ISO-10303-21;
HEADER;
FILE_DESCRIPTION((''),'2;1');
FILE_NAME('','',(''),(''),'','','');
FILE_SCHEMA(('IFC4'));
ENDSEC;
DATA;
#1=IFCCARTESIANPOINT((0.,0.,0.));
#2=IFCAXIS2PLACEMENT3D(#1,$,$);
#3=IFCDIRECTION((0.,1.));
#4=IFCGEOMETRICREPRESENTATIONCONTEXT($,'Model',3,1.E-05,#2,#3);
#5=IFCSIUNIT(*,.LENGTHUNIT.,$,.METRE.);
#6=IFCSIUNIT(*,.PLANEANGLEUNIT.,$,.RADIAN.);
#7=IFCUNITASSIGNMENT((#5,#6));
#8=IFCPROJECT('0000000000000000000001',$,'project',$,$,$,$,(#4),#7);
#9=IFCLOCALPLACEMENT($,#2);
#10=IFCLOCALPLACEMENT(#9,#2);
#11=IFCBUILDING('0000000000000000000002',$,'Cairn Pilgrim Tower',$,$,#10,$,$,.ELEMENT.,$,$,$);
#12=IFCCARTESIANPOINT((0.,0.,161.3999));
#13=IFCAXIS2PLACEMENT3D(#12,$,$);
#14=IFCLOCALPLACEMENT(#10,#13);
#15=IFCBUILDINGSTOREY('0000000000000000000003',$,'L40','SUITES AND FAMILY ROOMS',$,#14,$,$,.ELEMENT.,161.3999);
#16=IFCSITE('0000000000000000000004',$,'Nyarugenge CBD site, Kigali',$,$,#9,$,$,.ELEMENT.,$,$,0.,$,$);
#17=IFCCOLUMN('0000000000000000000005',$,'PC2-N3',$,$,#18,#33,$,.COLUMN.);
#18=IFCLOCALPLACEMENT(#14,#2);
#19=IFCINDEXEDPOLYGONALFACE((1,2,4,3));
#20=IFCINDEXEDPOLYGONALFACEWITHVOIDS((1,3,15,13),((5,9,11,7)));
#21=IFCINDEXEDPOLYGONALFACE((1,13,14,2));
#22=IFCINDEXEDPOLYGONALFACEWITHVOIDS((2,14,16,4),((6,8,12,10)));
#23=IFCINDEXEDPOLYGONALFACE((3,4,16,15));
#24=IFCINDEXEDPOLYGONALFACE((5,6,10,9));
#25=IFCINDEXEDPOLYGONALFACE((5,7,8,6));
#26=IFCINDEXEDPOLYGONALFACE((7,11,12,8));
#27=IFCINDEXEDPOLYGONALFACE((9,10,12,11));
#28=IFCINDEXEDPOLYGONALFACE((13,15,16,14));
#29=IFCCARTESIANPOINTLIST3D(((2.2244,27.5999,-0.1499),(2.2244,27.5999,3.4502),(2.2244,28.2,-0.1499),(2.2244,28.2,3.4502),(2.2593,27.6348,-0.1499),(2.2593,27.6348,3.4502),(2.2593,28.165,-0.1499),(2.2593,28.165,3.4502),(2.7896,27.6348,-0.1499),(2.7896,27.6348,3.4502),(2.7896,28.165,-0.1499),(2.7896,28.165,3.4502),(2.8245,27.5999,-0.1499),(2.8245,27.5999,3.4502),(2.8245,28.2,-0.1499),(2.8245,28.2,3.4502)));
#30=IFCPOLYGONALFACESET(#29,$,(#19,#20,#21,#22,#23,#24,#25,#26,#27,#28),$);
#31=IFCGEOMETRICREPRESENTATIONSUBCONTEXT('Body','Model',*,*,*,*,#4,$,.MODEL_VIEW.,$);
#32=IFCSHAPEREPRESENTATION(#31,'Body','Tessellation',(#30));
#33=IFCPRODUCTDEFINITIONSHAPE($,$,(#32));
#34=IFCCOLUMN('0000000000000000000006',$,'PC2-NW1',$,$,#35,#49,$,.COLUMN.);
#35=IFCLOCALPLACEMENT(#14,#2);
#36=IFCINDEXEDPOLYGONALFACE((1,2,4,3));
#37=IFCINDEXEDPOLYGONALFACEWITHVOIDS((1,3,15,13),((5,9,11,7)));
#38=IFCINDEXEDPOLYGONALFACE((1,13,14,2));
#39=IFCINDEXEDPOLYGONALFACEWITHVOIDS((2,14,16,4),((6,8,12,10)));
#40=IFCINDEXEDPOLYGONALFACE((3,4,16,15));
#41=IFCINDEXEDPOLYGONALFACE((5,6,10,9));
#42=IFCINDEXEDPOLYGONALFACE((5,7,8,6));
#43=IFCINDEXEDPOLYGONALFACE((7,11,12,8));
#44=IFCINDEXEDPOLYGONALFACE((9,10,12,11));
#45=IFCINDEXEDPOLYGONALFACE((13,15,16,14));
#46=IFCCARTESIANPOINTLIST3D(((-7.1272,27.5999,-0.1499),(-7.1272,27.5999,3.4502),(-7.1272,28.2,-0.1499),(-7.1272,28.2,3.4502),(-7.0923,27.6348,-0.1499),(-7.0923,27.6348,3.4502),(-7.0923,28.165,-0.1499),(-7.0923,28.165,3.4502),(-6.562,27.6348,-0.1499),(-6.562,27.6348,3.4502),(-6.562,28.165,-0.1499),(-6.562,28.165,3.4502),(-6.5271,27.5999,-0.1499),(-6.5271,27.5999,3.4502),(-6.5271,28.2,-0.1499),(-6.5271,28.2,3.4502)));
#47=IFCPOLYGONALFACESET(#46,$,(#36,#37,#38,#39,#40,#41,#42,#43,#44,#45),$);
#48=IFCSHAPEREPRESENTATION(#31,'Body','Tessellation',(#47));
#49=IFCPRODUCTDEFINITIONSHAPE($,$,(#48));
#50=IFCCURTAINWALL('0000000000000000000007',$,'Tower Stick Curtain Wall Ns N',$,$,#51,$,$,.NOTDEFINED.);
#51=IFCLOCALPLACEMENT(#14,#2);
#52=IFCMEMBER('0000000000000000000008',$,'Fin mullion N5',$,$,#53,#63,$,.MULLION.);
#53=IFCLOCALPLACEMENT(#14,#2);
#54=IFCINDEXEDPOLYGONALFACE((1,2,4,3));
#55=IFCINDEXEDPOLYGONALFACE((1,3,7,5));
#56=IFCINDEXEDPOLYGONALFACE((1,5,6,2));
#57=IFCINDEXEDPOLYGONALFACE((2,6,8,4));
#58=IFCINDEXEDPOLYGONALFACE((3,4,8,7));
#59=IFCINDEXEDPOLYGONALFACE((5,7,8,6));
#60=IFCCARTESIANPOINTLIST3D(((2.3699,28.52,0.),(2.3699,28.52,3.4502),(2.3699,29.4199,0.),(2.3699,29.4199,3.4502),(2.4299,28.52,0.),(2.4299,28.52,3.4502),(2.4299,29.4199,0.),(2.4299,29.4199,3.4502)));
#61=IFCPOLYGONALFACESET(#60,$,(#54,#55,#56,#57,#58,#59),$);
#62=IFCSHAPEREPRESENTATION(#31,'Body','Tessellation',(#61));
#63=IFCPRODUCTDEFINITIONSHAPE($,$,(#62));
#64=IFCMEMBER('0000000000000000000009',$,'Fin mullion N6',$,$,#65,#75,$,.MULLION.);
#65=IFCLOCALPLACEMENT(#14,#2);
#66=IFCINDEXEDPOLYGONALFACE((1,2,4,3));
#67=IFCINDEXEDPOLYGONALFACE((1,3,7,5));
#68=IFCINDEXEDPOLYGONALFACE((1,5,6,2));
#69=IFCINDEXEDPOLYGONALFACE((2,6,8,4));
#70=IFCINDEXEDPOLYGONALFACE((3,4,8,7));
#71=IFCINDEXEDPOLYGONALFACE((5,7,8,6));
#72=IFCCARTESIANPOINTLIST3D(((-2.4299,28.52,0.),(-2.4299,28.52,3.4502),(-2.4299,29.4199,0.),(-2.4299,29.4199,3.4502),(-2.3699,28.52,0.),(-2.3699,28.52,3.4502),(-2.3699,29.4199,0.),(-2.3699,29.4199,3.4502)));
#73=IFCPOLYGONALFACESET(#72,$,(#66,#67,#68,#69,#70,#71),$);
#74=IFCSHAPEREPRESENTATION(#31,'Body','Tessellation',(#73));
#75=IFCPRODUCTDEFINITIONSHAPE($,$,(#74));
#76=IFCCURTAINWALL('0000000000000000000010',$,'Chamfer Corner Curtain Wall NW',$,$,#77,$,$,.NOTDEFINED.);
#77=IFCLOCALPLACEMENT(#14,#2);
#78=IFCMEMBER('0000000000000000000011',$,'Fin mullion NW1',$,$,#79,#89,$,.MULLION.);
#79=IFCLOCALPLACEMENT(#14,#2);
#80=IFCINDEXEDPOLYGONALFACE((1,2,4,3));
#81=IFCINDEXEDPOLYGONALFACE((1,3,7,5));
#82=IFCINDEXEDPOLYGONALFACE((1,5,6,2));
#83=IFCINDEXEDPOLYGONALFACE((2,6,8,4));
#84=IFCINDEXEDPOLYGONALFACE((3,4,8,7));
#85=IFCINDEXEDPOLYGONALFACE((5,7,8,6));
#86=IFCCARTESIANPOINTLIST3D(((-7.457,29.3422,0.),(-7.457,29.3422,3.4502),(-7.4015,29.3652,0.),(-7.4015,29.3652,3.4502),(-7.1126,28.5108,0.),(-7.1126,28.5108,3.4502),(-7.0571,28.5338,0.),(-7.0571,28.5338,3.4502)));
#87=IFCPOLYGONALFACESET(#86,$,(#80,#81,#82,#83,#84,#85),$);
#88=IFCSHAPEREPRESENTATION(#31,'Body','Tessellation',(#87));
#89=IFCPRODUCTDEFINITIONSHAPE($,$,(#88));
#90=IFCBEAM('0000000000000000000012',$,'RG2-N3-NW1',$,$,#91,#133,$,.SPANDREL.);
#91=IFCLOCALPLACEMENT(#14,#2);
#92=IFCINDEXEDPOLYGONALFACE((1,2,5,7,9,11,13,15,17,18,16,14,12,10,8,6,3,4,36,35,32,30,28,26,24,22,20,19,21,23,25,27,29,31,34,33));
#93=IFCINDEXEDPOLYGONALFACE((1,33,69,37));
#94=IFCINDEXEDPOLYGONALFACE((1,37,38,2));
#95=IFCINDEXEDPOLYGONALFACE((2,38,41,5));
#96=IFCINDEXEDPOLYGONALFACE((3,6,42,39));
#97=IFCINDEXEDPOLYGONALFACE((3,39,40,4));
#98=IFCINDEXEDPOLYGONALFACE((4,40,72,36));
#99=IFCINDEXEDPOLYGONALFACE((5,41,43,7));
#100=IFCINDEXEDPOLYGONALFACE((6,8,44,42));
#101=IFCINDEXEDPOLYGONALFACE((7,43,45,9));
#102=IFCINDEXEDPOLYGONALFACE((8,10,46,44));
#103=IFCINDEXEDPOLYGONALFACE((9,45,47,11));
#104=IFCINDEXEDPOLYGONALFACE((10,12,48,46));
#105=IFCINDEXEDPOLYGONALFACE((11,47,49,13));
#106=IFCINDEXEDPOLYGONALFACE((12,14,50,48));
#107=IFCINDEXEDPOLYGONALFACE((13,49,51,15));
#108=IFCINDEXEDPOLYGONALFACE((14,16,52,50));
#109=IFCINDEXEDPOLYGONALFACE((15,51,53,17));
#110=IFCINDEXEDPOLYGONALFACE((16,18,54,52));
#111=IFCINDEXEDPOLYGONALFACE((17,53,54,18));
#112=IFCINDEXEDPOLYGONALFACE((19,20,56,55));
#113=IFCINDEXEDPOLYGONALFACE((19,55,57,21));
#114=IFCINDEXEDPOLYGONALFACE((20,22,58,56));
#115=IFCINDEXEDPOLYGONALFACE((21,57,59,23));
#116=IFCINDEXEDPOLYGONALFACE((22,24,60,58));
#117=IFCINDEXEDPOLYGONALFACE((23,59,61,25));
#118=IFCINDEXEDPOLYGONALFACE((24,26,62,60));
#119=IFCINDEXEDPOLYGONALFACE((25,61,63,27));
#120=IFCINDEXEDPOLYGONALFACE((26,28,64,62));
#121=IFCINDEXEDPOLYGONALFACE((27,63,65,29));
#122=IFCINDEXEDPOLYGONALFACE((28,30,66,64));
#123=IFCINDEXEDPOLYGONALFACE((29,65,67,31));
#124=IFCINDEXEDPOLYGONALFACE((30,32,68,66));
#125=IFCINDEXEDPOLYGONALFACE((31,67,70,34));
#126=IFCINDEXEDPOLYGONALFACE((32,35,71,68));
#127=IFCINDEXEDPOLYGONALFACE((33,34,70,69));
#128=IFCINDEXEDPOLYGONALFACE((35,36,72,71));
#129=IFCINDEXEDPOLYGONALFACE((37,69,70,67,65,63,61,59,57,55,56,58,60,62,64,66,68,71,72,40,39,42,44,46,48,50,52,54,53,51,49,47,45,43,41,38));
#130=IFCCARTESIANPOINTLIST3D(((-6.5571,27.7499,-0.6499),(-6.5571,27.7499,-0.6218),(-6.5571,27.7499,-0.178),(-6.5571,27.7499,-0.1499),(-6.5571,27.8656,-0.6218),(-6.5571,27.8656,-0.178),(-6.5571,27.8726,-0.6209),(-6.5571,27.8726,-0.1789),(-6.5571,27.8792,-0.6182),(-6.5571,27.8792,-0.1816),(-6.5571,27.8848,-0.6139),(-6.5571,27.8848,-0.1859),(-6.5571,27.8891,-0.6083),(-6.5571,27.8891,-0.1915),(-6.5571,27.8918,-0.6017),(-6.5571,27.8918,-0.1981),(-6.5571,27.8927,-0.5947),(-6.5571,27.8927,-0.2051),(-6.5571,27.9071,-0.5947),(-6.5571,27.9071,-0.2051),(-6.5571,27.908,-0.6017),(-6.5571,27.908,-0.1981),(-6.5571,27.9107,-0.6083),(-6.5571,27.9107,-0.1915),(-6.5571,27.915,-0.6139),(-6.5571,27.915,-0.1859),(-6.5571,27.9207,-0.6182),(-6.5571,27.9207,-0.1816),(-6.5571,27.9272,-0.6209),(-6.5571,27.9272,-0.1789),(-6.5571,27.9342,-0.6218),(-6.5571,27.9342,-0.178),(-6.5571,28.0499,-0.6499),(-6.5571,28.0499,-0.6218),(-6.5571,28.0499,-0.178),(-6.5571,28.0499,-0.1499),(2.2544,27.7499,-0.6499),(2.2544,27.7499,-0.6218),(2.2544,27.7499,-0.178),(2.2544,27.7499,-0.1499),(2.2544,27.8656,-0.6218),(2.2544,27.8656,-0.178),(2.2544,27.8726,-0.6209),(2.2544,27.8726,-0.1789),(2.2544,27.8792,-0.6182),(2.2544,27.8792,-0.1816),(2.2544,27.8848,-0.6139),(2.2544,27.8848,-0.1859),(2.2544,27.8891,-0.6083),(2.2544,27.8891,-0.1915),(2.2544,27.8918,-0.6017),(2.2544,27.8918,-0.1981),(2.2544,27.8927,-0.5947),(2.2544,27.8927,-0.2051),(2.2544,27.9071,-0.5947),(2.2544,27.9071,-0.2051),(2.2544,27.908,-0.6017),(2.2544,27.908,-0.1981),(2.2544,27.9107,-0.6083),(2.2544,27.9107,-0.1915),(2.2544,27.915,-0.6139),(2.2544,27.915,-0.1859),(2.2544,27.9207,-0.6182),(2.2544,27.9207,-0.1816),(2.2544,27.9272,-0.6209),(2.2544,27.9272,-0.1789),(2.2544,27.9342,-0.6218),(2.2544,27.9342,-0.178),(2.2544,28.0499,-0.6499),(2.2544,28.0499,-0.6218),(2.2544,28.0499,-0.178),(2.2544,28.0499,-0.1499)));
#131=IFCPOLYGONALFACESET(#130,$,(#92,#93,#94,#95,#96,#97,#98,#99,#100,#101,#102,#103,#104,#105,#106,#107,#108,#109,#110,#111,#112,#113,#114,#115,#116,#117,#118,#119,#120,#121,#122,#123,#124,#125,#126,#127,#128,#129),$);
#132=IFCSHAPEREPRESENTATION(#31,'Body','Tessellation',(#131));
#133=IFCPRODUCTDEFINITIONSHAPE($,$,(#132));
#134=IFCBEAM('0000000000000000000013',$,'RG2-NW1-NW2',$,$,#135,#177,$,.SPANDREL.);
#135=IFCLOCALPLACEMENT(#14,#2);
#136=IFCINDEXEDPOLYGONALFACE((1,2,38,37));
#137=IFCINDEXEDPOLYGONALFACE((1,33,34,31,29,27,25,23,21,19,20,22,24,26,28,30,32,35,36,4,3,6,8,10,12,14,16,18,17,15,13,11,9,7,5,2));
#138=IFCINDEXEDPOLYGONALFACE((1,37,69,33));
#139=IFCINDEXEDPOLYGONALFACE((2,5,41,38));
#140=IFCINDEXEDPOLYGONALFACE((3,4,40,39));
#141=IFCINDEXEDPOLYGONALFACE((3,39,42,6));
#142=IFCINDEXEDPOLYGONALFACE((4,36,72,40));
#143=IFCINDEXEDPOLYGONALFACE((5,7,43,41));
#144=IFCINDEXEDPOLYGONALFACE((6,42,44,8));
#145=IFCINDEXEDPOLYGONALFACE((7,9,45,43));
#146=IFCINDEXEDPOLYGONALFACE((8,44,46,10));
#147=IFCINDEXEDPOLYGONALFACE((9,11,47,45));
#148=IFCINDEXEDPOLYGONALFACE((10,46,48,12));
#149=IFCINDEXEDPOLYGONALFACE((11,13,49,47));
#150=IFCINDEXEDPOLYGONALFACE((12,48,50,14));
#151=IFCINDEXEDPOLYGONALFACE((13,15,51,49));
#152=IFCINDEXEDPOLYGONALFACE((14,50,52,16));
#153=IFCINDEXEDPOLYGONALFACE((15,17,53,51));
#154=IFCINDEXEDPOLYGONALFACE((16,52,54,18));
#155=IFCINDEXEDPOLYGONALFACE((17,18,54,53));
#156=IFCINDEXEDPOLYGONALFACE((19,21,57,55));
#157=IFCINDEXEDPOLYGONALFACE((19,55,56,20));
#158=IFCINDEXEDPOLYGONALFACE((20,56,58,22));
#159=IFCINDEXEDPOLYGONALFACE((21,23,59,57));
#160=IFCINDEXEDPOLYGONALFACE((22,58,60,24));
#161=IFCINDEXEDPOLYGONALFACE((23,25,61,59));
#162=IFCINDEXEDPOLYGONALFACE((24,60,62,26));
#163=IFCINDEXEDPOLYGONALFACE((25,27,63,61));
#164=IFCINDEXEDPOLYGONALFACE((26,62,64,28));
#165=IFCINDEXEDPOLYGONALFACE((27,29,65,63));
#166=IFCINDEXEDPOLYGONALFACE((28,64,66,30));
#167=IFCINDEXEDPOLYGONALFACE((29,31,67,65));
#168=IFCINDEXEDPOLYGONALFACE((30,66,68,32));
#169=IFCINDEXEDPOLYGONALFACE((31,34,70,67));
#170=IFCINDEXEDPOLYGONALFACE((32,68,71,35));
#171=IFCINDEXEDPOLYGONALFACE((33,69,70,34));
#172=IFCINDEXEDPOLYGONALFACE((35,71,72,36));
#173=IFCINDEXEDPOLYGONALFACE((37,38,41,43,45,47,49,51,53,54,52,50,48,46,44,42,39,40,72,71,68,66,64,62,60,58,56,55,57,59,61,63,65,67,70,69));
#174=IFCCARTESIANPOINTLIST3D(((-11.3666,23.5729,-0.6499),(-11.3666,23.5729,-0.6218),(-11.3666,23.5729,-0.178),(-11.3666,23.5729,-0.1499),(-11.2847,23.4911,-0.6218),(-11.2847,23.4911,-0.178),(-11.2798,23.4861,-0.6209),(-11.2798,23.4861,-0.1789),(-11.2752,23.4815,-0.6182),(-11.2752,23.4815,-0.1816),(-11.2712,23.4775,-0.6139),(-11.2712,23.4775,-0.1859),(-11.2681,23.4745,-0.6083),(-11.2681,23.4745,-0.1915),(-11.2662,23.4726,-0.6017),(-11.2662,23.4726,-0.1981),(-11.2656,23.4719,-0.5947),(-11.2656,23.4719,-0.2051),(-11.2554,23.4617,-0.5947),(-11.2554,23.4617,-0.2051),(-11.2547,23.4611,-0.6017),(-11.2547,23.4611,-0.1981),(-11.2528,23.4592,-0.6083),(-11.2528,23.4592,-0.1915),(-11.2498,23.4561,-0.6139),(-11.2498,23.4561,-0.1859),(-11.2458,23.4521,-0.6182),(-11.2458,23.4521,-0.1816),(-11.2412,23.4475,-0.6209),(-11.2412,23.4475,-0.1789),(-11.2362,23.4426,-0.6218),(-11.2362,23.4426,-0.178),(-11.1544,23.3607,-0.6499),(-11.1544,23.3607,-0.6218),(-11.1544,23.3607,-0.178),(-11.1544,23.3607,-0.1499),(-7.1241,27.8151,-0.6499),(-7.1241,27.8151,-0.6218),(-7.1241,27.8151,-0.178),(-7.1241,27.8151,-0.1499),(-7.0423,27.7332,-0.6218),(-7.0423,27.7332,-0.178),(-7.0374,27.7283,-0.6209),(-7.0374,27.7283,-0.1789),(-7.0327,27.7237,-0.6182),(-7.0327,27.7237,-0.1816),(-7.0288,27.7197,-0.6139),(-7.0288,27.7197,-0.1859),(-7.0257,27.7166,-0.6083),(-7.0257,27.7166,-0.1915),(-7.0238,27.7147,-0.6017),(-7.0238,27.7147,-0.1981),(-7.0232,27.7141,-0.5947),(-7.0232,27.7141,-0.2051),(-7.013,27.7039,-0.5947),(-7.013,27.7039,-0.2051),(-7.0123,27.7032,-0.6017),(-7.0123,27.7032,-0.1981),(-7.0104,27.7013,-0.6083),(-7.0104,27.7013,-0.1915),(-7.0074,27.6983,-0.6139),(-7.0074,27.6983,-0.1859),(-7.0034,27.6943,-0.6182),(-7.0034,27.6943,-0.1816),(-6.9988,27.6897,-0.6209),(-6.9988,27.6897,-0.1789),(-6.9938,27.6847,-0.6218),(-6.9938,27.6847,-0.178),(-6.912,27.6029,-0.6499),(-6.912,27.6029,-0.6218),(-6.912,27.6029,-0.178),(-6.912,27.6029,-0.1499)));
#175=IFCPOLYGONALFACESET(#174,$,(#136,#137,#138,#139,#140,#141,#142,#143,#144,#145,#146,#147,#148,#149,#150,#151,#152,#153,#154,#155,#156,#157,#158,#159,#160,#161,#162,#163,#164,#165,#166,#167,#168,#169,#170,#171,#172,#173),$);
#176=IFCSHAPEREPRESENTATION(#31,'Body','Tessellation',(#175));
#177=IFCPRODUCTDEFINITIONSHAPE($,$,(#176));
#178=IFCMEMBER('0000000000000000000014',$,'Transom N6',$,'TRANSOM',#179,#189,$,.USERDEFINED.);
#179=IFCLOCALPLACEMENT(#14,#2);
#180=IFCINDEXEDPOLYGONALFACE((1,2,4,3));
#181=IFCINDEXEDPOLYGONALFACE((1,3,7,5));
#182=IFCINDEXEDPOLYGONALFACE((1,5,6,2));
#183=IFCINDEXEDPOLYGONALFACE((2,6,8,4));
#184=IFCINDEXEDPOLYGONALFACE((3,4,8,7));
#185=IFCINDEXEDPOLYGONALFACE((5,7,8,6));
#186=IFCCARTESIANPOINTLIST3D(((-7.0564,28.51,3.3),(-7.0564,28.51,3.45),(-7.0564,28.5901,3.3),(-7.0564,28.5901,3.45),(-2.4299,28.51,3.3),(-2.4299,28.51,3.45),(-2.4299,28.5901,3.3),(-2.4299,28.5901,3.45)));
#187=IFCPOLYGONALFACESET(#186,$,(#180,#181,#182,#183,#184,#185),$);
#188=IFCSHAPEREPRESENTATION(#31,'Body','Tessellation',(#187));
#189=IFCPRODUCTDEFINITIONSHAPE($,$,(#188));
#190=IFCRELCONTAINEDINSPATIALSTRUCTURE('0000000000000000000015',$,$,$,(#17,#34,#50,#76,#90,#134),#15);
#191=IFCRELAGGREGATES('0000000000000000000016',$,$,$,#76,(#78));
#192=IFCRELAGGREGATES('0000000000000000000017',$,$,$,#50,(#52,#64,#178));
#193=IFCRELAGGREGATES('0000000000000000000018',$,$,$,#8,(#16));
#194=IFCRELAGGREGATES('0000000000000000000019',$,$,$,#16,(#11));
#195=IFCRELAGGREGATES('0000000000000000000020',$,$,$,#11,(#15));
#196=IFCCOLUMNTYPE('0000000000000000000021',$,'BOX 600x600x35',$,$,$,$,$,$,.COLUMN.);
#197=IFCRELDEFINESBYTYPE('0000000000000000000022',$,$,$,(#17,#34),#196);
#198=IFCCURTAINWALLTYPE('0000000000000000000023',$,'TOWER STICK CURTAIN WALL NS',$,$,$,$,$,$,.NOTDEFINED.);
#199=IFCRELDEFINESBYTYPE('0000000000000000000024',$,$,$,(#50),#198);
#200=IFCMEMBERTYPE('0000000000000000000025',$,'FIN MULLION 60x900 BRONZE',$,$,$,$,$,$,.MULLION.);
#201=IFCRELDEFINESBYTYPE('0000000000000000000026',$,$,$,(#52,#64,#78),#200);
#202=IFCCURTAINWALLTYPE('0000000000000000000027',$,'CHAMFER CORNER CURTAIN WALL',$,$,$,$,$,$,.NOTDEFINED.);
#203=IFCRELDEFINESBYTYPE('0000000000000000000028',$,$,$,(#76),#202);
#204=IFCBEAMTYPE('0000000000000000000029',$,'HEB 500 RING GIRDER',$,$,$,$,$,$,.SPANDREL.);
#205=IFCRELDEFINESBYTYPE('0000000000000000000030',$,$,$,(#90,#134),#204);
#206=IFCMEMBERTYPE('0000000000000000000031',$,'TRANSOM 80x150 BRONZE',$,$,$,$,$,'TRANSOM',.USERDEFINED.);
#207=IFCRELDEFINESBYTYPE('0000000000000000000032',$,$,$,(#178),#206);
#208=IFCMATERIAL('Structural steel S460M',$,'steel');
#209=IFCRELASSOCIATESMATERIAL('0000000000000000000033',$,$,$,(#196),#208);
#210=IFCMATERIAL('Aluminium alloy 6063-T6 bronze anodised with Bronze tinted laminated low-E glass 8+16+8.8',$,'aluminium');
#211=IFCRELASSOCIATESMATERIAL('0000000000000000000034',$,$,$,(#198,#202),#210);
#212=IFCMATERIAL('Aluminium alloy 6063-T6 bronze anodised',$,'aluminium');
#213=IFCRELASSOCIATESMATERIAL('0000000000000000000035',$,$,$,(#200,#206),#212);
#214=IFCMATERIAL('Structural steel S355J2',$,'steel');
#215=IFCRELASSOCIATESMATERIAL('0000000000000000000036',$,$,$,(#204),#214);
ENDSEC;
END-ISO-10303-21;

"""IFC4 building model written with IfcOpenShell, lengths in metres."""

from ifc_helpers import new_model, si_unit, direction, frame, origin, origin_2d, place, context, subcontext, project, spatial, rectangle, hollow_rectangle, i_section, extrude, material, material_profile, profile_set, type_object, element, aggregate, save


model = new_model("IFC4")

# Units and contexts
model_context = context("Model", 3, precision=1e-05, world=origin(), true_north=direction((0.0, 1.0)))
body_context = subcontext(model_context, "Body", "Model", "MODEL_VIEW")
ifc_project = project(units=[si_unit("LENGTHUNIT", "METRE"), si_unit("PLANEANGLEUNIT", "RADIAN")], contexts=[model_context])

# Site, building, storey
site_placement = place(None, origin())
site = spatial("IfcSite", under=ifc_project, at=site_placement, Name="Nyarugenge CBD site, Kigali", CompositionType="ELEMENT", RefElevation=0.0)
building_placement = place(site_placement, origin())
building = spatial("IfcBuilding", under=site, at=building_placement, Name="Cairn Pilgrim Tower", CompositionType="ELEMENT")
storey_placement = place(building_placement, frame((0.0, 0.0, 161.3999)))
storey = spatial("IfcBuildingStorey", under=building, at=storey_placement, Name="L40", Description="SUITES AND FAMILY ROOMS", CompositionType="ELEMENT", Elevation=161.3999)

# Columns
ifc_material_1 = material(Name="Structural steel S460M", Category="steel")
ifc_material_profile_1 = material_profile(ifc_material_1, hollow_rectangle(XDim=0.6001, YDim=0.6001, WallThickness=0.0349, at=origin_2d()), Name="BOX 600x600x35")
ifc_profile_set_1 = profile_set([ifc_material_profile_1], Name="Structural steel S460M")
column_type = type_object("IfcColumnType", Name="BOX 600x600x35", PredefinedType="COLUMN", material=ifc_profile_set_1)
for number, where, z_axis, x_axis, name in (
    (1, (2.5244, 27.8999, -0.1499), (0.0, 0.0, 1.0), (1.0, 0.0, 0.0), "PC2-N3"),
    (2, (-6.8271, 27.8999, -0.1499), (0.0, 0.0, 1.0), (1.0, 0.0, 0.0), "PC2-NW1"),
):
    element("IfcColumn", number, at=place(storey_placement, frame(where, z_axis=z_axis, x_axis=x_axis)), inside=storey, type_object=column_type, Name=name, PredefinedType="COLUMN", context=body_context, shape_type="SweptSolid", body=[
        extrude(hollow_rectangle(XDim=0.6001, YDim=0.6001, WallThickness=0.0349, at=origin_2d()), origin(), (0.0, 0.0, 1.0), 3.6001),
    ])

# Curtain wall, members
ifc_material_2 = material(Name="Aluminium alloy 6063-T6 bronze anodised with Bronze tinted laminated low-E glass 8+16+8.8", Category="aluminium")
curtain_wall_type_1 = type_object("IfcCurtainWallType", Name="TOWER STICK CURTAIN WALL NS", PredefinedType="NOTDEFINED", material=ifc_material_2)
curtain_wall_1_placement = place(storey_placement, origin())
curtain_wall_1 = element("IfcCurtainWall", 3, at=curtain_wall_1_placement, inside=storey, type_object=curtain_wall_type_1, Name="Tower Stick Curtain Wall Ns N", PredefinedType="NOTDEFINED")
ifc_material_3 = material(Name="Aluminium alloy 6063-T6 bronze anodised", Category="aluminium")
ifc_material_profile_2 = material_profile(ifc_material_3, rectangle(XDim=0.8999, YDim=0.0601, at=origin_2d()), Name="FIN MULLION 60x900 BRONZE")
ifc_profile_set_2 = profile_set([ifc_material_profile_2], Name="Aluminium alloy 6063-T6 bronze anodised")
member_type_1 = type_object("IfcMemberType", Name="FIN MULLION 60x900 BRONZE", PredefinedType="MULLION", material=ifc_profile_set_2)
member_1_placement = place(storey_placement, frame((2.3999, 28.97, 0.0), z_axis=(0.0, 0.0, 1.0), x_axis=(0.0, 1.0, 0.0)))
member_1 = element("IfcMember", 4, at=member_1_placement, type_object=member_type_1, Name="Fin mullion N5", PredefinedType="MULLION", context=body_context, shape_type="SweptSolid", body=[
    extrude(rectangle(XDim=0.8999, YDim=0.0601, at=origin_2d()), origin(), (0.0, 0.0, 1.0), 3.4502),
])
member_2_placement = place(storey_placement, frame((-2.3999, 28.97, 0.0), z_axis=(0.0, 0.0, 1.0), x_axis=(0.0, 1.0, 0.0)))
member_2 = element("IfcMember", 5, at=member_2_placement, type_object=member_type_1, Name="Fin mullion N6", PredefinedType="MULLION", context=body_context, shape_type="SweptSolid", body=[
    extrude(rectangle(XDim=0.8999, YDim=0.0601, at=origin_2d()), origin(), (0.0, 0.0, 1.0), 3.4502),
])

# Curtain wall, member
curtain_wall_type_2 = type_object("IfcCurtainWallType", Name="CHAMFER CORNER CURTAIN WALL", PredefinedType="NOTDEFINED", material=ifc_material_2)
curtain_wall_2_placement = place(storey_placement, origin())
curtain_wall_2 = element("IfcCurtainWall", 6, at=curtain_wall_2_placement, inside=storey, type_object=curtain_wall_type_2, Name="Chamfer Corner Curtain Wall NW", PredefinedType="NOTDEFINED")
member_3_placement = place(storey_placement, frame((-7.2571, 28.938, 0.0), z_axis=(0.0, 0.0, 1.0), x_axis=(-0.382683, 0.92388, 0.0)))
member_3 = element("IfcMember", 7, at=member_3_placement, type_object=member_type_1, Name="Fin mullion NW1", PredefinedType="MULLION", context=body_context, shape_type="SweptSolid", body=[
    extrude(rectangle(XDim=0.8999, YDim=0.0601, at=origin_2d()), origin(), (0.0, 0.0, 1.0), 3.4502),
])
aggregate(curtain_wall_2, [member_3])

# Beams
ifc_material_4 = material(Name="Structural steel S355J2", Category="steel")
ifc_material_profile_3 = material_profile(ifc_material_4, i_section(OverallWidth=0.3, OverallDepth=0.5, WebThickness=0.0144, FlangeThickness=0.0281, FilletRadius=0.0271, at=origin_2d()), Name="HEB 500")
ifc_profile_set_3 = profile_set([ifc_material_profile_3], Name="Structural steel S355J2")
beam_type = type_object("IfcBeamType", Name="HEB 500 RING GIRDER", PredefinedType="SPANDREL", material=ifc_profile_set_3)
beam_1_placement = place(storey_placement, frame((2.2544, 27.8999, -0.3999), z_axis=(-1.0, 0.0, 0.0), x_axis=(0.0, -1.0, 0.0)))
element("IfcBeam", 8, at=beam_1_placement, inside=storey, type_object=beam_type, Name="RG2-N3-NW1", PredefinedType="SPANDREL", context=body_context, shape_type="SweptSolid", body=[
    extrude(i_section(OverallWidth=0.3, OverallDepth=0.5, WebThickness=0.0144, FlangeThickness=0.0281, FilletRadius=0.0271, at=origin_2d()), origin(), (0.0, 0.0, 1.0), 8.8115),
])
beam_2_placement = place(storey_placement, frame((-7.0181, 27.709, -0.3999), z_axis=(-0.707127, -0.707086, 0.0), x_axis=(0.707086, -0.707127, 0.0)))
element("IfcBeam", 9, at=beam_2_placement, inside=storey, type_object=beam_type, Name="RG2-NW1-NW2", PredefinedType="SPANDREL", context=body_context, shape_type="SweptSolid", body=[
    extrude(i_section(OverallWidth=0.3, OverallDepth=0.5, WebThickness=0.0144, FlangeThickness=0.0281, FilletRadius=0.0271, at=origin_2d()), origin(), (0.0, 0.0, 1.0), 5.9995),
])

# Member
ifc_material_profile_4 = material_profile(ifc_material_3, rectangle(XDim=0.0801, YDim=0.1499, at=origin_2d()), Name="TRANSOM 80x150 BRONZE")
ifc_profile_set_4 = profile_set([ifc_material_profile_4], Name="Aluminium alloy 6063-T6 bronze anodised")
member_type_2 = type_object("IfcMemberType", Name="TRANSOM 80x150 BRONZE", ElementType="TRANSOM", PredefinedType="USERDEFINED", material=ifc_profile_set_4)
member_4_placement = place(storey_placement, frame((-2.4299, 28.55, 3.375), z_axis=(-1.0, 0.0, 0.0), x_axis=(0.0, -1.0, 0.0)))
member_4 = element("IfcMember", 10, at=member_4_placement, type_object=member_type_2, Name="Transom N6", ObjectType="TRANSOM", PredefinedType="USERDEFINED", context=body_context, shape_type="SweptSolid", body=[
    extrude(rectangle(XDim=0.0801, YDim=0.1499, at=origin_2d()), origin(), (0.0, 0.0, 1.0), 4.6265),
])

aggregate(curtain_wall_1, [member_1, member_2, member_4])

save(model, "model.ifc")
